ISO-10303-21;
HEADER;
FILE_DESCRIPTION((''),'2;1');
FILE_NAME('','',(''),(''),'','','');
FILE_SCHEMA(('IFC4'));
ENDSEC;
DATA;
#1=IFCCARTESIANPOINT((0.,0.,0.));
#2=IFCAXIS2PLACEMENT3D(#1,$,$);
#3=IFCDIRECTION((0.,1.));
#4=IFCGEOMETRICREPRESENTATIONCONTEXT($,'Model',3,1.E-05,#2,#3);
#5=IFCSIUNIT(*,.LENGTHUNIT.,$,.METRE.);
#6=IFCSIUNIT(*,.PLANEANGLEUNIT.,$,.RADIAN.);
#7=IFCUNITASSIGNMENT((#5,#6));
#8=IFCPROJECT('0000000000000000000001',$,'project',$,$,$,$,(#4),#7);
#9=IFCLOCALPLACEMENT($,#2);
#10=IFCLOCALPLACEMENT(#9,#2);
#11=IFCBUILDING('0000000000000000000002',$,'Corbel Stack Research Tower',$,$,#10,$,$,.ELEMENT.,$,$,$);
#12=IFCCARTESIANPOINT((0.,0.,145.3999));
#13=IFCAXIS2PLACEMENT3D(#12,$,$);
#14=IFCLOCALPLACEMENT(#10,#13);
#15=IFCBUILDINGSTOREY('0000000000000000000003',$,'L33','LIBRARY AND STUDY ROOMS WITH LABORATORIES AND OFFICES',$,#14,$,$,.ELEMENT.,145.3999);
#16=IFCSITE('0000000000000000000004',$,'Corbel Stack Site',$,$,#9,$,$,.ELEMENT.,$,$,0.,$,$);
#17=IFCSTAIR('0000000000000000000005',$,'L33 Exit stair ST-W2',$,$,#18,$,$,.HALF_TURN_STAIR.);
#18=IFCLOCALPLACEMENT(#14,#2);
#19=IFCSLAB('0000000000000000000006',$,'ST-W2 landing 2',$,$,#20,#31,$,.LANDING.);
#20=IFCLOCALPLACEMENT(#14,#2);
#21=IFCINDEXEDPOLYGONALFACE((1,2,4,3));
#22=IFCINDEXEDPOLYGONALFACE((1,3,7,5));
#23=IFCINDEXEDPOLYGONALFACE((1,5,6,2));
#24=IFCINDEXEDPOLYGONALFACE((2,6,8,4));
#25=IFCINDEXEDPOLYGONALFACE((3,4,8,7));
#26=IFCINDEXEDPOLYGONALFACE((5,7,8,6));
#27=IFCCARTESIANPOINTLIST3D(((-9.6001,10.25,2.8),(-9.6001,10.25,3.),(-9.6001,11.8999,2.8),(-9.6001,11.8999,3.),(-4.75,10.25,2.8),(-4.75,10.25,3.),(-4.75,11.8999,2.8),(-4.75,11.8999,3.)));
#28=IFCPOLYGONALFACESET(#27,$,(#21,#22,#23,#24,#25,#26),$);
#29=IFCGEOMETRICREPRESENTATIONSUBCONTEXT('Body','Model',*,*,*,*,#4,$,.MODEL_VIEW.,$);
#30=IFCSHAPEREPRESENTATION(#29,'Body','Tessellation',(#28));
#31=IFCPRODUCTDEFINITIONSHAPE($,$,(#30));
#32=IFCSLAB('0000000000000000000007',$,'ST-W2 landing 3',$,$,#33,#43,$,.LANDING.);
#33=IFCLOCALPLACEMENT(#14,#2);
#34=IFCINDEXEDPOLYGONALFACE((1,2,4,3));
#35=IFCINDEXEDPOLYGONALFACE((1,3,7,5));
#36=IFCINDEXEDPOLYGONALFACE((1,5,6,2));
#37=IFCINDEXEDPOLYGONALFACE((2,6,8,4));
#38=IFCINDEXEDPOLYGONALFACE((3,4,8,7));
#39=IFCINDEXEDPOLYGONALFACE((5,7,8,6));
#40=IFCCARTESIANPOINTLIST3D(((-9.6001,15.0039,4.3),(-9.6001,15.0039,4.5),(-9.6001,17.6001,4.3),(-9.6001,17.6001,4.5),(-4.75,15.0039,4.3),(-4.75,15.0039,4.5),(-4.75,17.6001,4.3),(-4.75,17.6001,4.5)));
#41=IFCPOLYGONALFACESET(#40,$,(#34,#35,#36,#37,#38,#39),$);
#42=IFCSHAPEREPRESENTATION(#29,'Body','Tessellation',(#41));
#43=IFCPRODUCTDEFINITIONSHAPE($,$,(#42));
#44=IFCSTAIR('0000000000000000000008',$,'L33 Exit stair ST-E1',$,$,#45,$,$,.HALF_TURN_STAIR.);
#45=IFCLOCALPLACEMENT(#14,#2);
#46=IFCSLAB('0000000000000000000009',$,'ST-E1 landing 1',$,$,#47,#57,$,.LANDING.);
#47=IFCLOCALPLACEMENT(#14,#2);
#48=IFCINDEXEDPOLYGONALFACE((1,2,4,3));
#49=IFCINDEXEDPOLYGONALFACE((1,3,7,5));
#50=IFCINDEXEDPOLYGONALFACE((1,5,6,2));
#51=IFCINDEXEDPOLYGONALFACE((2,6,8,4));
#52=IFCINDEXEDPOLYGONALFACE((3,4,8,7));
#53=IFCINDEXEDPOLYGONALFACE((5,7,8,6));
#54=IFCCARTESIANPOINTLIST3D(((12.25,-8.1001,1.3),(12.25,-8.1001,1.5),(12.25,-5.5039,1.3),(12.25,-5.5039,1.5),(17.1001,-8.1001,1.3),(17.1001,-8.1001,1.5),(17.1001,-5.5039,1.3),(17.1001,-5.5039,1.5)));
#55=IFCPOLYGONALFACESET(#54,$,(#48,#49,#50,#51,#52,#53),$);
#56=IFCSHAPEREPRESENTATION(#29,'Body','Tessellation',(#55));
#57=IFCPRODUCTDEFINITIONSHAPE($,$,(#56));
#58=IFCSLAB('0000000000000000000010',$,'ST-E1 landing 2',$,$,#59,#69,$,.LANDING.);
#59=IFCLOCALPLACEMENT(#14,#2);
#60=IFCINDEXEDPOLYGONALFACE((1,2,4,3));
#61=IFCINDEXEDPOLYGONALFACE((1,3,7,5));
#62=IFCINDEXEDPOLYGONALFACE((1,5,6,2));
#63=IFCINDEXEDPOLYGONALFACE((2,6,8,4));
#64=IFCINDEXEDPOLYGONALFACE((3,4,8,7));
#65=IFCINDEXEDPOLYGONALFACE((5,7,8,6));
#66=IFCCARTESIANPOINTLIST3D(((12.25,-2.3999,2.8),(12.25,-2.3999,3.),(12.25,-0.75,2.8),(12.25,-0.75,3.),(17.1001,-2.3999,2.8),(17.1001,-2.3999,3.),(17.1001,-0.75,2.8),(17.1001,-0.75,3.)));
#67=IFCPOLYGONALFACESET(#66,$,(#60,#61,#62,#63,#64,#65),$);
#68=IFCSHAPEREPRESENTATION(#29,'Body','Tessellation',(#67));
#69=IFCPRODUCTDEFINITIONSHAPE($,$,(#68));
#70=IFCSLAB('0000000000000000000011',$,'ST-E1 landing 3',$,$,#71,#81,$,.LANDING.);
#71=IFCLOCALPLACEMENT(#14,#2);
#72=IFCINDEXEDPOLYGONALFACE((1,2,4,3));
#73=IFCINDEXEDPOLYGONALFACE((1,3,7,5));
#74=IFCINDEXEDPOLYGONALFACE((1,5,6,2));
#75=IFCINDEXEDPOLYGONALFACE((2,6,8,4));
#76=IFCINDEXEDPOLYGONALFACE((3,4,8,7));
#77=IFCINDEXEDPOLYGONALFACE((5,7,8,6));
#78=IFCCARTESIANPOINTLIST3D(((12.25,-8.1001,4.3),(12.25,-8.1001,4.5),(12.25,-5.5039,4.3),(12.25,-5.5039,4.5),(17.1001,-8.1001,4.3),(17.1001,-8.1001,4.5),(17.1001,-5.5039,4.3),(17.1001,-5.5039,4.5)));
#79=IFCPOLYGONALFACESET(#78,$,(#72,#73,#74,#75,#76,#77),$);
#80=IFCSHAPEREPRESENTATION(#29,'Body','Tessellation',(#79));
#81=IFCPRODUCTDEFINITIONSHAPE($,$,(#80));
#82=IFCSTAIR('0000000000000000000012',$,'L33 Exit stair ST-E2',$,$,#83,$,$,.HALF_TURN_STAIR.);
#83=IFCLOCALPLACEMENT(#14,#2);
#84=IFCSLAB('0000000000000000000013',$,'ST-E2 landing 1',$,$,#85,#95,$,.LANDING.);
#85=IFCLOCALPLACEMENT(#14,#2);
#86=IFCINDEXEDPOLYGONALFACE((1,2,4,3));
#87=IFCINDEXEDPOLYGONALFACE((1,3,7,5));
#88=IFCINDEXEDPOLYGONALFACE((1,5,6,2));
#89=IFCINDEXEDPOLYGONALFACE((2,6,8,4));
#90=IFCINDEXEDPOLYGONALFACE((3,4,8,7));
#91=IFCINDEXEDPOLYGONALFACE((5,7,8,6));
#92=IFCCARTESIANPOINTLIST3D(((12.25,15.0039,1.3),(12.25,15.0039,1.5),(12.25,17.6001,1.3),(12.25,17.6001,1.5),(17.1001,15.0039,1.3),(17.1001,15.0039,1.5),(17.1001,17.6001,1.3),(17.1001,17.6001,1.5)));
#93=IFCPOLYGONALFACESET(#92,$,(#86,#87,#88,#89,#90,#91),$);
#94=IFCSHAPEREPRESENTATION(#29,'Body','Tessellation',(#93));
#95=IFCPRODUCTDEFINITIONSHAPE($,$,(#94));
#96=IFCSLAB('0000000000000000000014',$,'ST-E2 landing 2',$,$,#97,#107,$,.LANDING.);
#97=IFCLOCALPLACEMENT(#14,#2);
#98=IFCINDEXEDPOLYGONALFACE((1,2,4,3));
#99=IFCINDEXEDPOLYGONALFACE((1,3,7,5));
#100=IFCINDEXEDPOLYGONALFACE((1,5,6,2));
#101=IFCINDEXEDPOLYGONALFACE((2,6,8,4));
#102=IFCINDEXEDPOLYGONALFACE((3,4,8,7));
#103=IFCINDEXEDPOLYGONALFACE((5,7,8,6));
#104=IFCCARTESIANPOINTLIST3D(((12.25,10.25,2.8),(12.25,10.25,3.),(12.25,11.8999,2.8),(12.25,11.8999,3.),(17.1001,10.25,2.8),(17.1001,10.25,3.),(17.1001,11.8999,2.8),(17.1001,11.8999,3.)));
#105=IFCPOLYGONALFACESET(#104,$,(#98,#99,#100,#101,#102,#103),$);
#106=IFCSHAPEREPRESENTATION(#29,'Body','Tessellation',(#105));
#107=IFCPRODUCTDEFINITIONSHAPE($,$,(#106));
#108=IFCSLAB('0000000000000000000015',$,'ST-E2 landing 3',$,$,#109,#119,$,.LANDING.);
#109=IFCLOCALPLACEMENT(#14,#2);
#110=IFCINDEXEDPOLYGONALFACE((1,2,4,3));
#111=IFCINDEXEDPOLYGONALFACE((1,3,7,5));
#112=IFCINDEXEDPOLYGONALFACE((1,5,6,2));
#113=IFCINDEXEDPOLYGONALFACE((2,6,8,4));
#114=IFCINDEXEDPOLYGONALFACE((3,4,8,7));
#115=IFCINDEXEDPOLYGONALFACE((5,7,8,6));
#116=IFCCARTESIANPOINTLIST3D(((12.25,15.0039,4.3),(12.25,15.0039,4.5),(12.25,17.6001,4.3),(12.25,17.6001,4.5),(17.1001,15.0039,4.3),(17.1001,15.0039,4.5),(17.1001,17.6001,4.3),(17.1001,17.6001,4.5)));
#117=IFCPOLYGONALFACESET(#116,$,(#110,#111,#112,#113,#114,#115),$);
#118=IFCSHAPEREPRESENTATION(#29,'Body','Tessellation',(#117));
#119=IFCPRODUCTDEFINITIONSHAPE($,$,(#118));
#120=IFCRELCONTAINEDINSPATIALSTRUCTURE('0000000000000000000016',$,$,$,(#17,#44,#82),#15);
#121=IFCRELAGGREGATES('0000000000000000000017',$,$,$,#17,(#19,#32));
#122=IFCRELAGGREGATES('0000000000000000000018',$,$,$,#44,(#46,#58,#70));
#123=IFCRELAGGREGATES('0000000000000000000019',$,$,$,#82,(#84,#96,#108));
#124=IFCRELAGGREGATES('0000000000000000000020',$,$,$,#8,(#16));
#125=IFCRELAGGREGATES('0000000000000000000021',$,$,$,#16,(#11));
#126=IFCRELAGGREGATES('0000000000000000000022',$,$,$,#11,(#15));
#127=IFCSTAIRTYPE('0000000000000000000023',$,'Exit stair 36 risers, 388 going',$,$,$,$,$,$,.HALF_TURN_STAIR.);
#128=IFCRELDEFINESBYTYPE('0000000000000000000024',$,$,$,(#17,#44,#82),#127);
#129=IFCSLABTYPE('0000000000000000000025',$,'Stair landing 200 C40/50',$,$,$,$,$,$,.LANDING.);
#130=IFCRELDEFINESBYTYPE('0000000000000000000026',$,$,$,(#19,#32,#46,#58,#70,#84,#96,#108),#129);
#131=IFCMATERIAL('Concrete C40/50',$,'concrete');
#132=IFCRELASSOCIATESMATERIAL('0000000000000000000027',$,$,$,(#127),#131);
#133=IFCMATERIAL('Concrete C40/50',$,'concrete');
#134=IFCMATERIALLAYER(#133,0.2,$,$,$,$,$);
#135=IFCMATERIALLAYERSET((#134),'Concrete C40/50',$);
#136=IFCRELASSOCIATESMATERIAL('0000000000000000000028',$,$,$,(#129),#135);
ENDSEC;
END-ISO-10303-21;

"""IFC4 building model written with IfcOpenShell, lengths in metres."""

from ifc_helpers import new_model, si_unit, direction, frame, origin, place, context, subcontext, project, spatial, polyline, outline, extrude, material, layer, layer_set, type_object, element, aggregate, save


model = new_model("IFC4")

# Units and contexts
model_context = context("Model", 3, precision=1e-05, world=origin(), true_north=direction((0.0, 1.0)))
body_context = subcontext(model_context, "Body", "Model", "MODEL_VIEW")
ifc_project = project(units=[si_unit("LENGTHUNIT", "METRE"), si_unit("PLANEANGLEUNIT", "RADIAN")], contexts=[model_context])

# Site, building, storey
site_placement = place(None, origin())
site = spatial("IfcSite", under=ifc_project, at=site_placement, Name="Corbel Stack Site", CompositionType="ELEMENT", RefElevation=0.0)
building_placement = place(site_placement, origin())
building = spatial("IfcBuilding", under=site, at=building_placement, Name="Corbel Stack Research Tower", CompositionType="ELEMENT")
storey_placement = place(building_placement, frame((0.0, 0.0, 145.3999)))
storey = spatial("IfcBuildingStorey", under=building, at=storey_placement, Name="L33", Description="LIBRARY AND STUDY ROOMS WITH LABORATORIES AND OFFICES", CompositionType="ELEMENT", Elevation=145.3999)

# Stairs, slabs
ifc_material_1 = material(Name="Concrete C40/50", Category="concrete")
stair_type = type_object("IfcStairType", Name="Exit stair 36 risers, 388 going", PredefinedType="HALF_TURN_STAIR", material=ifc_material_1)
ifc_material_2 = material(Name="Concrete C40/50", Category="concrete")
ifc_layer_1 = layer(ifc_material_2, 0.2)
ifc_layer_set_1 = layer_set([ifc_layer_1], Name="Concrete C40/50")
slab_type_1 = type_object("IfcSlabType", Name="Stair landing 200 C40/50", PredefinedType="LANDING", material=ifc_layer_set_1)
stair_1_placement = place(storey_placement, origin())
stair_1 = element("IfcStair", 1, at=stair_1_placement, inside=storey, type_object=stair_type, Name="L33 Exit stair ST-W2", PredefinedType="HALF_TURN_STAIR")
slab_1_placement = place(storey_placement, frame((0.0, 0.0, 2.8)))
slab_1 = element("IfcSlab", 2, at=slab_1_placement, type_object=slab_type_1, Name="ST-W2 landing 2", PredefinedType="LANDING", context=body_context, shape_type="SweptSolid", body=[
    extrude(outline(polyline([(-9.6001, 10.25), (-9.6001, 11.8999), (-4.75, 11.8999), (-4.75, 10.25), (-9.6001, 10.25)])), origin(), (0.0, 0.0, 1.0), 0.2),
])
slab_2_placement = place(storey_placement, frame((0.0, 0.0, 4.3)))
slab_2 = element("IfcSlab", 3, at=slab_2_placement, type_object=slab_type_1, Name="ST-W2 landing 3", PredefinedType="LANDING", context=body_context, shape_type="SweptSolid", body=[
    extrude(outline(polyline([(-9.6001, 15.0039), (-9.6001, 17.6001), (-4.75, 17.6001), (-4.75, 15.0039), (-9.6001, 15.0039)])), origin(), (0.0, 0.0, 1.0), 0.2),
])
aggregate(stair_1, [slab_1, slab_2])
stair_2_placement = place(storey_placement, origin())
stair_2 = element("IfcStair", 4, at=stair_2_placement, inside=storey, type_object=stair_type, Name="L33 Exit stair ST-E1", PredefinedType="HALF_TURN_STAIR")
slab_3_placement = place(storey_placement, frame((0.0, 0.0, 1.3)))
slab_3 = element("IfcSlab", 5, at=slab_3_placement, type_object=slab_type_1, Name="ST-E1 landing 1", PredefinedType="LANDING", context=body_context, shape_type="SweptSolid", body=[
    extrude(outline(polyline([(12.25, -8.1001), (12.25, -5.5039), (17.1001, -5.5039), (17.1001, -8.1001), (12.25, -8.1001)])), origin(), (0.0, 0.0, 1.0), 0.2),
])
slab_4_placement = place(storey_placement, frame((0.0, 0.0, 2.8)))
slab_4 = element("IfcSlab", 6, at=slab_4_placement, type_object=slab_type_1, Name="ST-E1 landing 2", PredefinedType="LANDING", context=body_context, shape_type="SweptSolid", body=[
    extrude(outline(polyline([(12.25, -2.3999), (12.25, -0.75), (17.1001, -0.75), (17.1001, -2.3999), (12.25, -2.3999)])), origin(), (0.0, 0.0, 1.0), 0.2),
])
slab_5_placement = place(storey_placement, frame((0.0, 0.0, 4.3)))
slab_5 = element("IfcSlab", 7, at=slab_5_placement, type_object=slab_type_1, Name="ST-E1 landing 3", PredefinedType="LANDING", context=body_context, shape_type="SweptSolid", body=[
    extrude(outline(polyline([(12.25, -8.1001), (12.25, -5.5039), (17.1001, -5.5039), (17.1001, -8.1001), (12.25, -8.1001)])), origin(), (0.0, 0.0, 1.0), 0.2),
])
aggregate(stair_2, [slab_3, slab_4, slab_5])
stair_3_placement = place(storey_placement, origin())
stair_3 = element("IfcStair", 8, at=stair_3_placement, inside=storey, type_object=stair_type, Name="L33 Exit stair ST-E2", PredefinedType="HALF_TURN_STAIR")
slab_6_placement = place(storey_placement, frame((0.0, 0.0, 1.3)))
slab_6 = element("IfcSlab", 9, at=slab_6_placement, type_object=slab_type_1, Name="ST-E2 landing 1", PredefinedType="LANDING", context=body_context, shape_type="SweptSolid", body=[
    extrude(outline(polyline([(12.25, 15.0039), (12.25, 17.6001), (17.1001, 17.6001), (17.1001, 15.0039), (12.25, 15.0039)])), origin(), (0.0, 0.0, 1.0), 0.2),
])
slab_7_placement = place(storey_placement, frame((0.0, 0.0, 2.8)))
slab_7 = element("IfcSlab", 10, at=slab_7_placement, type_object=slab_type_1, Name="ST-E2 landing 2", PredefinedType="LANDING", context=body_context, shape_type="SweptSolid", body=[
    extrude(outline(polyline([(12.25, 10.25), (12.25, 11.8999), (17.1001, 11.8999), (17.1001, 10.25), (12.25, 10.25)])), origin(), (0.0, 0.0, 1.0), 0.2),
])
slab_8_placement = place(storey_placement, frame((0.0, 0.0, 4.3)))
slab_8 = element("IfcSlab", 11, at=slab_8_placement, type_object=slab_type_1, Name="ST-E2 landing 3", PredefinedType="LANDING", context=body_context, shape_type="SweptSolid", body=[
    extrude(outline(polyline([(12.25, 15.0039), (12.25, 17.6001), (17.1001, 17.6001), (17.1001, 15.0039), (12.25, 15.0039)])), origin(), (0.0, 0.0, 1.0), 0.2),
])
aggregate(stair_3, [slab_6, slab_7, slab_8])

save(model, "model.ifc")
